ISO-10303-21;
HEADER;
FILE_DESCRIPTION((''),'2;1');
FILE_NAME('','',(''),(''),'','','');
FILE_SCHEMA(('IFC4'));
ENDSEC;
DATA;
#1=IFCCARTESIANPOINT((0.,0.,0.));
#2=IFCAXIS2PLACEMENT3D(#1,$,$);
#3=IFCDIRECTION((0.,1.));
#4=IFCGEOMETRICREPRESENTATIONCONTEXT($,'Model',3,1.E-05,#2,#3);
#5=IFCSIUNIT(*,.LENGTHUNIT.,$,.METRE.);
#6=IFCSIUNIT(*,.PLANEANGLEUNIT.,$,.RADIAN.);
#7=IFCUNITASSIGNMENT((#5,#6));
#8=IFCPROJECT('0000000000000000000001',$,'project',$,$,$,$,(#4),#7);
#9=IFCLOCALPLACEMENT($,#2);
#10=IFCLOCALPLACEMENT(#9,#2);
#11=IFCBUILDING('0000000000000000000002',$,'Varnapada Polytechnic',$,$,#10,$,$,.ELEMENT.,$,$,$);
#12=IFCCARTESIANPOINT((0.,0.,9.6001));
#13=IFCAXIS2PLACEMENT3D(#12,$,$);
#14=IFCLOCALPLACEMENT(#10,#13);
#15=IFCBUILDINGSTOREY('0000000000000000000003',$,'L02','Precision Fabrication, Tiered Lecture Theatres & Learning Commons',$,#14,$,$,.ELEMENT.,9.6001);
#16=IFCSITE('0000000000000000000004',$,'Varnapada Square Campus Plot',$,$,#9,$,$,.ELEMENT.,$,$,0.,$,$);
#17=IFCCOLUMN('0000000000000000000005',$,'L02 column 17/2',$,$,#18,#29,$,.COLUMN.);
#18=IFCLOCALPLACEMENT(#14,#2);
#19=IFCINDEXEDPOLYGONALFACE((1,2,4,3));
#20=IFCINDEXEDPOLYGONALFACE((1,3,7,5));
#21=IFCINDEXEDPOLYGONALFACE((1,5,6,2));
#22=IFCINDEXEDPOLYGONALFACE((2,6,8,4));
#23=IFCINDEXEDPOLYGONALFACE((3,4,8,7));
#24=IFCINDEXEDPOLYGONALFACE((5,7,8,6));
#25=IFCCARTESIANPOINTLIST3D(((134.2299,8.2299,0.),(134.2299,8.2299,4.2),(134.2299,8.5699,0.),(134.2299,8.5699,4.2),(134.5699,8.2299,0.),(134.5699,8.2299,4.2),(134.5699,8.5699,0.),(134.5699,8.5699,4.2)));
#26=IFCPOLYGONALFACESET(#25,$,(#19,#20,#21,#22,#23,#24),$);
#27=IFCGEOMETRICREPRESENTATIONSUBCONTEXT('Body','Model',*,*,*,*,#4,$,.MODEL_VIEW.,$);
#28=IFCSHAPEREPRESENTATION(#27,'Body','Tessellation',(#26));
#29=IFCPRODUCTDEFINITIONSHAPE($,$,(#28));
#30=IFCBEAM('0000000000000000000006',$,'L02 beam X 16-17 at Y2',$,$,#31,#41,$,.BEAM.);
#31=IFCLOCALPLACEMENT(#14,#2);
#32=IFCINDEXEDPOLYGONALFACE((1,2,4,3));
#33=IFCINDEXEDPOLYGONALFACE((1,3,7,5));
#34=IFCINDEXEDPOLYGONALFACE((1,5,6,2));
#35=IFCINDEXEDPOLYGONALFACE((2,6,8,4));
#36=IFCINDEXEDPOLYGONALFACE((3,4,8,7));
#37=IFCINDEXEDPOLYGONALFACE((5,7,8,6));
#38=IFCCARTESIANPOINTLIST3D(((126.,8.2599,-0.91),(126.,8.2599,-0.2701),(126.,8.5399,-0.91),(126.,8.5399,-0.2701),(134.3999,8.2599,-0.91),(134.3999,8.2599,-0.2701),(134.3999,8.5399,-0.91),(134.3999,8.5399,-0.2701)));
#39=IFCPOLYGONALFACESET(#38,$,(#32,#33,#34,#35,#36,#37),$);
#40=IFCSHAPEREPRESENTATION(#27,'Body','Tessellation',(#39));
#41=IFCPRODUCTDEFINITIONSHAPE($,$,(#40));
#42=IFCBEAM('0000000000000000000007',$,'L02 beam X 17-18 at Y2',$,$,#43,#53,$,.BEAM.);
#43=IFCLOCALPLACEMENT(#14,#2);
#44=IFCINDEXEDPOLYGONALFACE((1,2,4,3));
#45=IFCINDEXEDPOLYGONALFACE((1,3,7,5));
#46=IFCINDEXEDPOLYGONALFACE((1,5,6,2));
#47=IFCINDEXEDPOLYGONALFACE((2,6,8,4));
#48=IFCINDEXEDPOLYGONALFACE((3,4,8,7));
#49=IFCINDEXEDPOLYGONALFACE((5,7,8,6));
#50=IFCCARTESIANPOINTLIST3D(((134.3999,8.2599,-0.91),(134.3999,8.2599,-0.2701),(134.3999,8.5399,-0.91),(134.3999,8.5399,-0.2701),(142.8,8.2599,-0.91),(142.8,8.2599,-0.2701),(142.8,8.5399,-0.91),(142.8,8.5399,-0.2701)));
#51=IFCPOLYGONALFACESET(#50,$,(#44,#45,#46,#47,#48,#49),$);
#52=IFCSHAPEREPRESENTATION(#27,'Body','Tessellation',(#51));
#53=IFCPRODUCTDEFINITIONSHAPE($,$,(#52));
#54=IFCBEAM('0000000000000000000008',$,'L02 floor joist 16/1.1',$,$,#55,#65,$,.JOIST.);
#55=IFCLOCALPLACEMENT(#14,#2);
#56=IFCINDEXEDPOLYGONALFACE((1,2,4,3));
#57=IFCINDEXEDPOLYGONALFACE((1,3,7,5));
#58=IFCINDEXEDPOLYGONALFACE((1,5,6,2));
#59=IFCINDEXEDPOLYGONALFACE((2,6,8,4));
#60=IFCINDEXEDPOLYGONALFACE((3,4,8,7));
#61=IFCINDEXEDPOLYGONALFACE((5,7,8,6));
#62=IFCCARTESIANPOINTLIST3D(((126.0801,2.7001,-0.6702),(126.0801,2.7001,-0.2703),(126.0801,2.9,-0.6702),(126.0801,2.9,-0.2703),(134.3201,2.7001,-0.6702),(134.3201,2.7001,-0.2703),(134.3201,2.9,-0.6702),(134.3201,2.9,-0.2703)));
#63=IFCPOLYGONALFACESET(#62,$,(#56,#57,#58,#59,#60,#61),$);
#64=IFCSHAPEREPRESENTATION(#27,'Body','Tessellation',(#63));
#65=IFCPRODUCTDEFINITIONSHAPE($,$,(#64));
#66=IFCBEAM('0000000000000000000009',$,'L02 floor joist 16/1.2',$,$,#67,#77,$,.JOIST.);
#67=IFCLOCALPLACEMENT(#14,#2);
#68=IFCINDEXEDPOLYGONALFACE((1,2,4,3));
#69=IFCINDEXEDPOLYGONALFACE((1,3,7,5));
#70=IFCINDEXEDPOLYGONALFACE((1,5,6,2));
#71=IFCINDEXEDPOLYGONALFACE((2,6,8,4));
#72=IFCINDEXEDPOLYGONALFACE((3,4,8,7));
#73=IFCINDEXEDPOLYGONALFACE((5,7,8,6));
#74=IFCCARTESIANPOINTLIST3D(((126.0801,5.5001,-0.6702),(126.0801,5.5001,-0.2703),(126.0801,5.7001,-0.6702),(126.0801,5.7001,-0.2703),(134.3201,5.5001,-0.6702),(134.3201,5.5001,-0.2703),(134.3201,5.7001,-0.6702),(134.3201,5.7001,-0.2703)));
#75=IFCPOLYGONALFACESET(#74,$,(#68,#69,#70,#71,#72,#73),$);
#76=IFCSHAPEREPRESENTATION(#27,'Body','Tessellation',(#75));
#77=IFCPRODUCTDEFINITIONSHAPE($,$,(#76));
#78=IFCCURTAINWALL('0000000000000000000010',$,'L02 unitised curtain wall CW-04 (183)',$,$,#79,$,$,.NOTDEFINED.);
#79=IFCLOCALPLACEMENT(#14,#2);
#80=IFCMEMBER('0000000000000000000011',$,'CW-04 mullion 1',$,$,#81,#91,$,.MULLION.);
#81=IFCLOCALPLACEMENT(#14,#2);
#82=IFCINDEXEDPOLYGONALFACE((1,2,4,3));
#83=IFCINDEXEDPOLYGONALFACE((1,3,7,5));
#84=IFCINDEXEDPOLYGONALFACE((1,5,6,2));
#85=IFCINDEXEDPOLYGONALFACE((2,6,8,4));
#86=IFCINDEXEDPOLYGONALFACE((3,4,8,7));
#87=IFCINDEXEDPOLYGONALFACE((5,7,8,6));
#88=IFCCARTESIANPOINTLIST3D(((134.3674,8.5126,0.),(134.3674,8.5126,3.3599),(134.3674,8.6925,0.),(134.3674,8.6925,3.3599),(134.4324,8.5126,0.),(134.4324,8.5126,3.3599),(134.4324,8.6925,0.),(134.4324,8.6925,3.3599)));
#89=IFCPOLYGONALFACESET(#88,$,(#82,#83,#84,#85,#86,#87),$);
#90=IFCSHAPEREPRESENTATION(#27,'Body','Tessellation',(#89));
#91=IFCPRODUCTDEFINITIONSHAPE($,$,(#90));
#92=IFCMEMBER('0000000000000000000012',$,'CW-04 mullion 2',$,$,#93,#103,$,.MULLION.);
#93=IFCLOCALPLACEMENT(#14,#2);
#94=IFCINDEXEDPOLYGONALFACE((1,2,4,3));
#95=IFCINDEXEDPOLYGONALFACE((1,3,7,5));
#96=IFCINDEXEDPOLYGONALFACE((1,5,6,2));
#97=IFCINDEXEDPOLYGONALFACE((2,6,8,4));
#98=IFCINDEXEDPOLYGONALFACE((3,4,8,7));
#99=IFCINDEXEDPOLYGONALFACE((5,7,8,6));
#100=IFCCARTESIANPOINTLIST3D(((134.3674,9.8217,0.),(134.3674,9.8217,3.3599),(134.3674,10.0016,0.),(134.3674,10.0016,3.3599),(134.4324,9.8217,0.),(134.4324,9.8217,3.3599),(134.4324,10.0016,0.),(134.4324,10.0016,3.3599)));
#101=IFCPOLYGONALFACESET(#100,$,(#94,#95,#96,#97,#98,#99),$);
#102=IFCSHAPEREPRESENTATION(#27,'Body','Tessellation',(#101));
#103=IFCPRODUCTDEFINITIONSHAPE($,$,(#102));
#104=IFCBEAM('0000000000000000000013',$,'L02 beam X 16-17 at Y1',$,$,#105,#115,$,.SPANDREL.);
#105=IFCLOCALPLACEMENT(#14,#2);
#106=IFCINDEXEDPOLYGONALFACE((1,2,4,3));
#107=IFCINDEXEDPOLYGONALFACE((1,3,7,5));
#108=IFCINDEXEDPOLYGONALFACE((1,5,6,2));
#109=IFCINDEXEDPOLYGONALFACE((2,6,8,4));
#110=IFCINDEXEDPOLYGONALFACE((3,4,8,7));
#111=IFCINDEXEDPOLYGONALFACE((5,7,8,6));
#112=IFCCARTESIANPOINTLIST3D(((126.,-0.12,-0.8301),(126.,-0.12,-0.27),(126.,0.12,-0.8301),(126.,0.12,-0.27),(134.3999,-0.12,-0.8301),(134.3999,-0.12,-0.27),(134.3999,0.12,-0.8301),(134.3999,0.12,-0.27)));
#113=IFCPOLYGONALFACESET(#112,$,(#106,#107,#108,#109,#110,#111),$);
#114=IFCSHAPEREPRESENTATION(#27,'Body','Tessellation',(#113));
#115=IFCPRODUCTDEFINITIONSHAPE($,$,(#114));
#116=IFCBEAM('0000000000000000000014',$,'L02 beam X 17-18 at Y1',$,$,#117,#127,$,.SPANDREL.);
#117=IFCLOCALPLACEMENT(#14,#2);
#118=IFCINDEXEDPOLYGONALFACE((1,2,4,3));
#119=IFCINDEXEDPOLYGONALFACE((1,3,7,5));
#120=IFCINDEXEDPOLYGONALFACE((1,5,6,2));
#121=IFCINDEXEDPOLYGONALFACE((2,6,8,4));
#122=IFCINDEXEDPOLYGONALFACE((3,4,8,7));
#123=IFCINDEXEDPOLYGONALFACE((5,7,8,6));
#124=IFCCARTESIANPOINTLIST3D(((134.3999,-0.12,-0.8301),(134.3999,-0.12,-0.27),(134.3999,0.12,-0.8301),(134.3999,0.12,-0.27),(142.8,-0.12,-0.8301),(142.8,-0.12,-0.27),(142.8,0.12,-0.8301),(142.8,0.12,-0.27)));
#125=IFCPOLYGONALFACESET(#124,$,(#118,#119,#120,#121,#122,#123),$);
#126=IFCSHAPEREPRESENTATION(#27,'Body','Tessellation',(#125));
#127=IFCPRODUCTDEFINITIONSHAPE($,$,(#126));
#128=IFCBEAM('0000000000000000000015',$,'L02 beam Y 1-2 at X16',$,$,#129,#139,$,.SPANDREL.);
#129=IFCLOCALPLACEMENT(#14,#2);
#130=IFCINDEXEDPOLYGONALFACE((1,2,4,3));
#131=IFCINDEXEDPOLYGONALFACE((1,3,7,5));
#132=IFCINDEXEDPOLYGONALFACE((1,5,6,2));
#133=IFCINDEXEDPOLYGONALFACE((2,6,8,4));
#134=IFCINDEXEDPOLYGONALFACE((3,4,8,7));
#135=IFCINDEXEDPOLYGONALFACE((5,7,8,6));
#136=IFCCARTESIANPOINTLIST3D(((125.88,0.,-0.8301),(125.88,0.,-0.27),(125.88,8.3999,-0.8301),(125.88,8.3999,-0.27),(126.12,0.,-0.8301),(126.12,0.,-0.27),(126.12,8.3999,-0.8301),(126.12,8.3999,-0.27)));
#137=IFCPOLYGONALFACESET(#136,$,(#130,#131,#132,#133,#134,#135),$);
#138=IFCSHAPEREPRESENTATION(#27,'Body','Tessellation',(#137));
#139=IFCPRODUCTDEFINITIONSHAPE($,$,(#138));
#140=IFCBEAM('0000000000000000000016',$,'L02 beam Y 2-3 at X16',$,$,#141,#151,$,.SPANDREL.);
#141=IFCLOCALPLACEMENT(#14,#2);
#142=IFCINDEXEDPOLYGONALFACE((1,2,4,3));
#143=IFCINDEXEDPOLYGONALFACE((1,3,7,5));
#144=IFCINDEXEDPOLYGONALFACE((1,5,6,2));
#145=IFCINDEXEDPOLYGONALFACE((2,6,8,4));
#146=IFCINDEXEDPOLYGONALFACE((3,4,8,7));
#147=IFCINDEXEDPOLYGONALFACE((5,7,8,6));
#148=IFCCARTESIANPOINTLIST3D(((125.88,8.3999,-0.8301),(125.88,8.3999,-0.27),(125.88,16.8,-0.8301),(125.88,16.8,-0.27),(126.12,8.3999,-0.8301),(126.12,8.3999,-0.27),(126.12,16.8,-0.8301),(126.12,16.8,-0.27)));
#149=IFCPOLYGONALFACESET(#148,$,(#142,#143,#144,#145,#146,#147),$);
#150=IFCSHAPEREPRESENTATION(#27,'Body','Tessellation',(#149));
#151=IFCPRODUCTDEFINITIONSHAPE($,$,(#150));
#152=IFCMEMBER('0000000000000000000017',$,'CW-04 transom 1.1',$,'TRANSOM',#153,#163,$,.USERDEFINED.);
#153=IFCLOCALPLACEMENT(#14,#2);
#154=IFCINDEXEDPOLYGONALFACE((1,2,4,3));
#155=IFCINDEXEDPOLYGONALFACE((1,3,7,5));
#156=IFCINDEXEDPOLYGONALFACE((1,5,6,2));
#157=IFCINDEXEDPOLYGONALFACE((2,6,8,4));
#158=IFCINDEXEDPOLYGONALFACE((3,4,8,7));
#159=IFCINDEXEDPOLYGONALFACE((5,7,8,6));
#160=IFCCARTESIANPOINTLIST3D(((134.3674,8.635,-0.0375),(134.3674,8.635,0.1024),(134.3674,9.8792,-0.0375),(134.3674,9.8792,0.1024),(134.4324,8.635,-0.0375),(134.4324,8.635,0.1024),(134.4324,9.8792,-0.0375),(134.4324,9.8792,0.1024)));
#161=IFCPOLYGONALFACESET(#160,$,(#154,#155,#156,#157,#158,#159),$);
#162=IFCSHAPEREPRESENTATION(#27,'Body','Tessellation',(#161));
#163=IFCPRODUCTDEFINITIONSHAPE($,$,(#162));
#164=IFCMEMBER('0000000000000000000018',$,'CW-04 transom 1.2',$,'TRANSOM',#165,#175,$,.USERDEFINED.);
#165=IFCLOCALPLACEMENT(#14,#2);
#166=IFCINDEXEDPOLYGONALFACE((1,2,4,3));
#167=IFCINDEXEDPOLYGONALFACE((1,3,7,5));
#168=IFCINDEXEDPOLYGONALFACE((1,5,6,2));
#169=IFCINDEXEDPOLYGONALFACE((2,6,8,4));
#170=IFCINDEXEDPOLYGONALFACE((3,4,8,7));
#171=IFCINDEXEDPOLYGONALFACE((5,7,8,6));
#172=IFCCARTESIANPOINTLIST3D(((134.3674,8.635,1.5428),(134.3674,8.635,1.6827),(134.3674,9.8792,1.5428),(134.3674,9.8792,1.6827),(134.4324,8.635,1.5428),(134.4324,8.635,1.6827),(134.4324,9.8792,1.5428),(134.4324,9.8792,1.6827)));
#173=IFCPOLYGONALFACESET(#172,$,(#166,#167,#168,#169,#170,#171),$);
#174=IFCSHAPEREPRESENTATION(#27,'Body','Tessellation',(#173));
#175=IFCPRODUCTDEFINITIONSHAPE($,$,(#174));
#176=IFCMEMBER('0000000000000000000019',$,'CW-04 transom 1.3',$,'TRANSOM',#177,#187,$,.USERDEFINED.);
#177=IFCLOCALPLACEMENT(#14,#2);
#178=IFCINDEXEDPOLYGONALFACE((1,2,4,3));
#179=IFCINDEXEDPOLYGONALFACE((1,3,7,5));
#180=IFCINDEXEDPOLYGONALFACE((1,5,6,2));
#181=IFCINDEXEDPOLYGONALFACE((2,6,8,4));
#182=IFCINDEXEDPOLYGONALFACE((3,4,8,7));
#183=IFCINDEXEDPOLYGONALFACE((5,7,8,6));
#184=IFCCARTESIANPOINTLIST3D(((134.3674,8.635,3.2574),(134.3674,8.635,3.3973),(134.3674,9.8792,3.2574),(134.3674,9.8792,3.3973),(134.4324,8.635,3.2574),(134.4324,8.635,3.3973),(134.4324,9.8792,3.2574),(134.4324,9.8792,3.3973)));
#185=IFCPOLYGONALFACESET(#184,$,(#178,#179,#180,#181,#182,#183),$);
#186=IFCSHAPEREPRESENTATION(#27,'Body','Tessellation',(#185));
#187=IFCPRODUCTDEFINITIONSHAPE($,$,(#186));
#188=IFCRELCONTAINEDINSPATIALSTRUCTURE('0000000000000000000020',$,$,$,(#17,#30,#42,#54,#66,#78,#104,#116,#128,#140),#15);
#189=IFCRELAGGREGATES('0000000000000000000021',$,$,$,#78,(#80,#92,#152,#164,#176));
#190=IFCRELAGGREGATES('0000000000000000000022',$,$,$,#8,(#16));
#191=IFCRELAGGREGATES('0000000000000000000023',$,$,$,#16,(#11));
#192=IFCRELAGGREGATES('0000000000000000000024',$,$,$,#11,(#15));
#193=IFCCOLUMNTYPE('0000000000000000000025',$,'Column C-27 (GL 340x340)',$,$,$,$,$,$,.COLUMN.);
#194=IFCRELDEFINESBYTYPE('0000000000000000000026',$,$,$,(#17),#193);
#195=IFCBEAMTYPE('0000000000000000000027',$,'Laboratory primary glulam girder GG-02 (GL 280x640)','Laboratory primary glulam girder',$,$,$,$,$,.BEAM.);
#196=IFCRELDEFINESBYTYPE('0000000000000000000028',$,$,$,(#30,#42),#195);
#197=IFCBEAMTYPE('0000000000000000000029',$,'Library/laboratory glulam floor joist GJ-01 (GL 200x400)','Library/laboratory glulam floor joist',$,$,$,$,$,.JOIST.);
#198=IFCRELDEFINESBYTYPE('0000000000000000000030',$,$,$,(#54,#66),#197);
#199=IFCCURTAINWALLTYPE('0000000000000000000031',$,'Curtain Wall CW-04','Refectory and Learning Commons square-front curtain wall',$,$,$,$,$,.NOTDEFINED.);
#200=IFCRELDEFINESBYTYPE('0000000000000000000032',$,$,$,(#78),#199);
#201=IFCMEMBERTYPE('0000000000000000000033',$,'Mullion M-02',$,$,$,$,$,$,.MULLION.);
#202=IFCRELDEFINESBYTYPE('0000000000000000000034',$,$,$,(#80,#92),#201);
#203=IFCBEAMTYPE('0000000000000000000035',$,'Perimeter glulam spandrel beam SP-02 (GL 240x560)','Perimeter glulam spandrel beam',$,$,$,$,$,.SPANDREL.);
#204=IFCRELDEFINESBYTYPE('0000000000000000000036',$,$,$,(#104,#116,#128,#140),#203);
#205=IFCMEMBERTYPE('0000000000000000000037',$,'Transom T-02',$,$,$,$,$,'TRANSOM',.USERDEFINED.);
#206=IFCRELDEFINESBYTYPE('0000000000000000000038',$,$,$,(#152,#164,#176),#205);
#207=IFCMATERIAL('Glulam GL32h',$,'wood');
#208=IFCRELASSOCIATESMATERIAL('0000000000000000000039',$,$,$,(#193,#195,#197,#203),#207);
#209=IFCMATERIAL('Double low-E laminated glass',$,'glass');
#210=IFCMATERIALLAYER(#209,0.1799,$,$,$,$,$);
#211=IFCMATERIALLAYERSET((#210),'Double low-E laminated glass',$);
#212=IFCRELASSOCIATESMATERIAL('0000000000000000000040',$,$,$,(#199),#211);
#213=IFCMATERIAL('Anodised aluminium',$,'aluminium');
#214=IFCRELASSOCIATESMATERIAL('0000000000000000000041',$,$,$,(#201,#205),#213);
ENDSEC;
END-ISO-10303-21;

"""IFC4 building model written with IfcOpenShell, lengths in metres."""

from ifc_helpers import new_model, si_unit, direction, frame, origin, origin_2d, place, context, subcontext, project, spatial, rectangle, extrude, material, layer, layer_set, material_profile, profile_set, type_object, element, aggregate, save


model = new_model("IFC4")

# Units and contexts
model_context = context("Model", 3, precision=1e-05, world=origin(), true_north=direction((0.0, 1.0)))
body_context = subcontext(model_context, "Body", "Model", "MODEL_VIEW")
ifc_project = project(units=[si_unit("LENGTHUNIT", "METRE"), si_unit("PLANEANGLEUNIT", "RADIAN")], contexts=[model_context])

# Site, building, storey
site_placement = place(None, origin())
site = spatial("IfcSite", under=ifc_project, at=site_placement, Name="Varnapada Square Campus Plot", CompositionType="ELEMENT", RefElevation=0.0)
building_placement = place(site_placement, origin())
building = spatial("IfcBuilding", under=site, at=building_placement, Name="Varnapada Polytechnic", CompositionType="ELEMENT")
storey_placement = place(building_placement, frame((0.0, 0.0, 9.6001)))
storey = spatial("IfcBuildingStorey", under=building, at=storey_placement, Name="L02", Description="Precision Fabrication, Tiered Lecture Theatres & Learning Commons", CompositionType="ELEMENT", Elevation=9.6001)

# Column
ifc_material_1 = material(Name="Glulam GL32h", Category="wood")
ifc_material_profile_1 = material_profile(ifc_material_1, rectangle(XDim=0.3401, YDim=0.3401, at=origin_2d()), Name="GL 340x340")
ifc_profile_set_1 = profile_set([ifc_material_profile_1], Name="Glulam GL32h")
column_type = type_object("IfcColumnType", Name="Column C-27 (GL 340x340)", PredefinedType="COLUMN", material=ifc_profile_set_1)
column_placement = place(storey_placement, frame((134.3999, 8.3999, 0.0), z_axis=(0.0, 0.0, 1.0), x_axis=(1.0, 0.0, 0.0)))
element("IfcColumn", 1, at=column_placement, inside=storey, type_object=column_type, Name="L02 column 17/2", PredefinedType="COLUMN", context=body_context, shape_type="SweptSolid", body=[
    extrude(rectangle(XDim=0.3401, YDim=0.3401, at=origin_2d()), origin(), (0.0, 0.0, 1.0), 4.2),
])

# Beams
ifc_material_profile_2 = material_profile(ifc_material_1, rectangle(XDim=0.28, YDim=0.6399, at=origin_2d()), Name="GL 280x640")
ifc_profile_set_2 = profile_set([ifc_material_profile_2], Name="Glulam GL32h")
beam_type_1 = type_object("IfcBeamType", Name="Laboratory primary glulam girder GG-02 (GL 280x640)", Description="Laboratory primary glulam girder", PredefinedType="BEAM", material=ifc_profile_set_2)
beam_1_placement = place(storey_placement, frame((126.0, 8.3999, -0.5901), z_axis=(1.0, 0.0, 0.0), x_axis=(0.0, 1.0, 0.0)))
element("IfcBeam", 2, at=beam_1_placement, inside=storey, type_object=beam_type_1, Name="L02 beam X 16-17 at Y2", PredefinedType="BEAM", context=body_context, shape_type="SweptSolid", body=[
    extrude(rectangle(XDim=0.28, YDim=0.6399, at=origin_2d()), origin(), (0.0, 0.0, 1.0), 8.3999),
])
beam_2_placement = place(storey_placement, frame((134.3999, 8.3999, -0.5901), z_axis=(1.0, 0.0, 0.0), x_axis=(0.0, 1.0, 0.0)))
element("IfcBeam", 3, at=beam_2_placement, inside=storey, type_object=beam_type_1, Name="L02 beam X 17-18 at Y2", PredefinedType="BEAM", context=body_context, shape_type="SweptSolid", body=[
    extrude(rectangle(XDim=0.28, YDim=0.6399, at=origin_2d()), origin(), (0.0, 0.0, 1.0), 8.4001),
])
ifc_material_profile_3 = material_profile(ifc_material_1, rectangle(XDim=0.2, YDim=0.3999, at=origin_2d()), Name="GL 200x400")
ifc_profile_set_3 = profile_set([ifc_material_profile_3], Name="Glulam GL32h")
beam_type_2 = type_object("IfcBeamType", Name="Library/laboratory glulam floor joist GJ-01 (GL 200x400)", Description="Library/laboratory glulam floor joist", PredefinedType="JOIST", material=ifc_profile_set_3)
for number, where, z_axis, x_axis, name in (
    (4, (126.0801, 2.8, -0.4702), (1.0, 0.0, 0.0), (0.0, 1.0, 0.0), "L02 floor joist 16/1.1"),
    (5, (126.0801, 5.6001, -0.4702), (1.0, 0.0, 0.0), (0.0, 1.0, 0.0), "L02 floor joist 16/1.2"),
):
    element("IfcBeam", number, at=place(storey_placement, frame(where, z_axis=z_axis, x_axis=x_axis)), inside=storey, type_object=beam_type_2, Name=name, PredefinedType="JOIST", context=body_context, shape_type="SweptSolid", body=[
        extrude(rectangle(XDim=0.2, YDim=0.3999, at=origin_2d()), origin(), (0.0, 0.0, 1.0), 8.24),
    ])

# Curtain wall, members
ifc_material_2 = material(Name="Double low-E laminated glass", Category="glass")
ifc_layer_1 = layer(ifc_material_2, 0.1799)
ifc_layer_set_1 = layer_set([ifc_layer_1], Name="Double low-E laminated glass")
curtain_wall_type = type_object("IfcCurtainWallType", Name="Curtain Wall CW-04", Description="Refectory and Learning Commons square-front curtain wall", PredefinedType="NOTDEFINED", material=ifc_layer_set_1)
curtain_wall_placement = place(storey_placement, origin())
curtain_wall = element("IfcCurtainWall", 6, at=curtain_wall_placement, inside=storey, type_object=curtain_wall_type, Name="L02 unitised curtain wall CW-04 (183)", PredefinedType="NOTDEFINED")
ifc_material_3 = material(Name="Anodised aluminium", Category="aluminium")
ifc_material_profile_4 = material_profile(ifc_material_3, rectangle(XDim=0.0649, YDim=0.1799, at=origin_2d()), Name="ALU M65x180")
ifc_profile_set_4 = profile_set([ifc_material_profile_4], Name="Anodised aluminium")
member_type_1 = type_object("IfcMemberType", Name="Mullion M-02", PredefinedType="MULLION", material=ifc_profile_set_4)
member_1_placement = place(storey_placement, frame((134.3999, 8.6025, 0.0), z_axis=(0.0, 0.0, 1.0), x_axis=(-1.0, 0.0, 0.0)))
member_1 = element("IfcMember", 7, at=member_1_placement, type_object=member_type_1, Name="CW-04 mullion 1", PredefinedType="MULLION", context=body_context, shape_type="SweptSolid", body=[
    extrude(rectangle(XDim=0.0649, YDim=0.1799, at=origin_2d()), origin(), (0.0, 0.0, 1.0), 3.3599),
])
member_2_placement = place(storey_placement, frame((134.3999, 9.9116, 0.0), z_axis=(0.0, 0.0, 1.0), x_axis=(-1.0, 0.0, 0.0)))
member_2 = element("IfcMember", 8, at=member_2_placement, type_object=member_type_1, Name="CW-04 mullion 2", PredefinedType="MULLION", context=body_context, shape_type="SweptSolid", body=[
    extrude(rectangle(XDim=0.0649, YDim=0.1799, at=origin_2d()), origin(), (0.0, 0.0, 1.0), 3.3599),
])

# Beams
ifc_material_profile_5 = material_profile(ifc_material_1, rectangle(XDim=0.24, YDim=0.5601, at=origin_2d()), Name="GL 240x560")
ifc_profile_set_5 = profile_set([ifc_material_profile_5], Name="Glulam GL32h")
beam_type_3 = type_object("IfcBeamType", Name="Perimeter glulam spandrel beam SP-02 (GL 240x560)", Description="Perimeter glulam spandrel beam", PredefinedType="SPANDREL", material=ifc_profile_set_5)
beam_3_placement = place(storey_placement, frame((126.0, 0.0, -0.55), z_axis=(1.0, 0.0, 0.0), x_axis=(0.0, 1.0, 0.0)))
element("IfcBeam", 9, at=beam_3_placement, inside=storey, type_object=beam_type_3, Name="L02 beam X 16-17 at Y1", PredefinedType="SPANDREL", context=body_context, shape_type="SweptSolid", body=[
    extrude(rectangle(XDim=0.24, YDim=0.5601, at=origin_2d()), origin(), (0.0, 0.0, 1.0), 8.3999),
])
beam_4_placement = place(storey_placement, frame((134.3999, 0.0, -0.55), z_axis=(1.0, 0.0, 0.0), x_axis=(0.0, 1.0, 0.0)))
element("IfcBeam", 10, at=beam_4_placement, inside=storey, type_object=beam_type_3, Name="L02 beam X 17-18 at Y1", PredefinedType="SPANDREL", context=body_context, shape_type="SweptSolid", body=[
    extrude(rectangle(XDim=0.24, YDim=0.5601, at=origin_2d()), origin(), (0.0, 0.0, 1.0), 8.4001),
])
beam_5_placement = place(storey_placement, frame((126.0, 0.0, -0.55), z_axis=(0.0, 1.0, 0.0), x_axis=(-1.0, 0.0, 0.0)))
element("IfcBeam", 11, at=beam_5_placement, inside=storey, type_object=beam_type_3, Name="L02 beam Y 1-2 at X16", PredefinedType="SPANDREL", context=body_context, shape_type="SweptSolid", body=[
    extrude(rectangle(XDim=0.24, YDim=0.5601, at=origin_2d()), origin(), (0.0, 0.0, 1.0), 8.3999),
])
beam_6_placement = place(storey_placement, frame((126.0, 8.3999, -0.55), z_axis=(0.0, 1.0, 0.0), x_axis=(-1.0, 0.0, 0.0)))
element("IfcBeam", 12, at=beam_6_placement, inside=storey, type_object=beam_type_3, Name="L02 beam Y 2-3 at X16", PredefinedType="SPANDREL", context=body_context, shape_type="SweptSolid", body=[
    extrude(rectangle(XDim=0.24, YDim=0.5601, at=origin_2d()), origin(), (0.0, 0.0, 1.0), 8.4001),
])

# Members
ifc_material_profile_6 = material_profile(ifc_material_3, rectangle(XDim=0.0649, YDim=0.1399, at=origin_2d()), Name="ALU T65x140")
ifc_profile_set_6 = profile_set([ifc_material_profile_6], Name="Anodised aluminium")
member_type_2 = type_object("IfcMemberType", Name="Transom T-02", ElementType="TRANSOM", PredefinedType="USERDEFINED", material=ifc_profile_set_6)
member_3_placement = place(storey_placement, frame((134.3999, 8.635, 0.0325), z_axis=(0.0, 1.0, 0.0), x_axis=(-1.0, 0.0, 0.0)))
member_3 = element("IfcMember", 13, at=member_3_placement, type_object=member_type_2, Name="CW-04 transom 1.1", ObjectType="TRANSOM", PredefinedType="USERDEFINED", context=body_context, shape_type="SweptSolid", body=[
    extrude(rectangle(XDim=0.0649, YDim=0.1399, at=origin_2d()), origin(), (0.0, 0.0, 1.0), 1.2441),
])
member_4_placement = place(storey_placement, frame((134.3999, 8.635, 1.6128), z_axis=(0.0, 1.0, 0.0), x_axis=(-1.0, 0.0, 0.0)))
member_4 = element("IfcMember", 14, at=member_4_placement, type_object=member_type_2, Name="CW-04 transom 1.2", ObjectType="TRANSOM", PredefinedType="USERDEFINED", context=body_context, shape_type="SweptSolid", body=[
    extrude(rectangle(XDim=0.0649, YDim=0.1399, at=origin_2d()), origin(), (0.0, 0.0, 1.0), 1.2441),
])
member_5_placement = place(storey_placement, frame((134.3999, 8.635, 3.3274), z_axis=(0.0, 1.0, 0.0), x_axis=(-1.0, 0.0, 0.0)))
member_5 = element("IfcMember", 15, at=member_5_placement, type_object=member_type_2, Name="CW-04 transom 1.3", ObjectType="TRANSOM", PredefinedType="USERDEFINED", context=body_context, shape_type="SweptSolid", body=[
    extrude(rectangle(XDim=0.0649, YDim=0.1399, at=origin_2d()), origin(), (0.0, 0.0, 1.0), 1.2441),
])

aggregate(curtain_wall, [member_1, member_2, member_3, member_4, member_5])

save(model, "model.ifc")
